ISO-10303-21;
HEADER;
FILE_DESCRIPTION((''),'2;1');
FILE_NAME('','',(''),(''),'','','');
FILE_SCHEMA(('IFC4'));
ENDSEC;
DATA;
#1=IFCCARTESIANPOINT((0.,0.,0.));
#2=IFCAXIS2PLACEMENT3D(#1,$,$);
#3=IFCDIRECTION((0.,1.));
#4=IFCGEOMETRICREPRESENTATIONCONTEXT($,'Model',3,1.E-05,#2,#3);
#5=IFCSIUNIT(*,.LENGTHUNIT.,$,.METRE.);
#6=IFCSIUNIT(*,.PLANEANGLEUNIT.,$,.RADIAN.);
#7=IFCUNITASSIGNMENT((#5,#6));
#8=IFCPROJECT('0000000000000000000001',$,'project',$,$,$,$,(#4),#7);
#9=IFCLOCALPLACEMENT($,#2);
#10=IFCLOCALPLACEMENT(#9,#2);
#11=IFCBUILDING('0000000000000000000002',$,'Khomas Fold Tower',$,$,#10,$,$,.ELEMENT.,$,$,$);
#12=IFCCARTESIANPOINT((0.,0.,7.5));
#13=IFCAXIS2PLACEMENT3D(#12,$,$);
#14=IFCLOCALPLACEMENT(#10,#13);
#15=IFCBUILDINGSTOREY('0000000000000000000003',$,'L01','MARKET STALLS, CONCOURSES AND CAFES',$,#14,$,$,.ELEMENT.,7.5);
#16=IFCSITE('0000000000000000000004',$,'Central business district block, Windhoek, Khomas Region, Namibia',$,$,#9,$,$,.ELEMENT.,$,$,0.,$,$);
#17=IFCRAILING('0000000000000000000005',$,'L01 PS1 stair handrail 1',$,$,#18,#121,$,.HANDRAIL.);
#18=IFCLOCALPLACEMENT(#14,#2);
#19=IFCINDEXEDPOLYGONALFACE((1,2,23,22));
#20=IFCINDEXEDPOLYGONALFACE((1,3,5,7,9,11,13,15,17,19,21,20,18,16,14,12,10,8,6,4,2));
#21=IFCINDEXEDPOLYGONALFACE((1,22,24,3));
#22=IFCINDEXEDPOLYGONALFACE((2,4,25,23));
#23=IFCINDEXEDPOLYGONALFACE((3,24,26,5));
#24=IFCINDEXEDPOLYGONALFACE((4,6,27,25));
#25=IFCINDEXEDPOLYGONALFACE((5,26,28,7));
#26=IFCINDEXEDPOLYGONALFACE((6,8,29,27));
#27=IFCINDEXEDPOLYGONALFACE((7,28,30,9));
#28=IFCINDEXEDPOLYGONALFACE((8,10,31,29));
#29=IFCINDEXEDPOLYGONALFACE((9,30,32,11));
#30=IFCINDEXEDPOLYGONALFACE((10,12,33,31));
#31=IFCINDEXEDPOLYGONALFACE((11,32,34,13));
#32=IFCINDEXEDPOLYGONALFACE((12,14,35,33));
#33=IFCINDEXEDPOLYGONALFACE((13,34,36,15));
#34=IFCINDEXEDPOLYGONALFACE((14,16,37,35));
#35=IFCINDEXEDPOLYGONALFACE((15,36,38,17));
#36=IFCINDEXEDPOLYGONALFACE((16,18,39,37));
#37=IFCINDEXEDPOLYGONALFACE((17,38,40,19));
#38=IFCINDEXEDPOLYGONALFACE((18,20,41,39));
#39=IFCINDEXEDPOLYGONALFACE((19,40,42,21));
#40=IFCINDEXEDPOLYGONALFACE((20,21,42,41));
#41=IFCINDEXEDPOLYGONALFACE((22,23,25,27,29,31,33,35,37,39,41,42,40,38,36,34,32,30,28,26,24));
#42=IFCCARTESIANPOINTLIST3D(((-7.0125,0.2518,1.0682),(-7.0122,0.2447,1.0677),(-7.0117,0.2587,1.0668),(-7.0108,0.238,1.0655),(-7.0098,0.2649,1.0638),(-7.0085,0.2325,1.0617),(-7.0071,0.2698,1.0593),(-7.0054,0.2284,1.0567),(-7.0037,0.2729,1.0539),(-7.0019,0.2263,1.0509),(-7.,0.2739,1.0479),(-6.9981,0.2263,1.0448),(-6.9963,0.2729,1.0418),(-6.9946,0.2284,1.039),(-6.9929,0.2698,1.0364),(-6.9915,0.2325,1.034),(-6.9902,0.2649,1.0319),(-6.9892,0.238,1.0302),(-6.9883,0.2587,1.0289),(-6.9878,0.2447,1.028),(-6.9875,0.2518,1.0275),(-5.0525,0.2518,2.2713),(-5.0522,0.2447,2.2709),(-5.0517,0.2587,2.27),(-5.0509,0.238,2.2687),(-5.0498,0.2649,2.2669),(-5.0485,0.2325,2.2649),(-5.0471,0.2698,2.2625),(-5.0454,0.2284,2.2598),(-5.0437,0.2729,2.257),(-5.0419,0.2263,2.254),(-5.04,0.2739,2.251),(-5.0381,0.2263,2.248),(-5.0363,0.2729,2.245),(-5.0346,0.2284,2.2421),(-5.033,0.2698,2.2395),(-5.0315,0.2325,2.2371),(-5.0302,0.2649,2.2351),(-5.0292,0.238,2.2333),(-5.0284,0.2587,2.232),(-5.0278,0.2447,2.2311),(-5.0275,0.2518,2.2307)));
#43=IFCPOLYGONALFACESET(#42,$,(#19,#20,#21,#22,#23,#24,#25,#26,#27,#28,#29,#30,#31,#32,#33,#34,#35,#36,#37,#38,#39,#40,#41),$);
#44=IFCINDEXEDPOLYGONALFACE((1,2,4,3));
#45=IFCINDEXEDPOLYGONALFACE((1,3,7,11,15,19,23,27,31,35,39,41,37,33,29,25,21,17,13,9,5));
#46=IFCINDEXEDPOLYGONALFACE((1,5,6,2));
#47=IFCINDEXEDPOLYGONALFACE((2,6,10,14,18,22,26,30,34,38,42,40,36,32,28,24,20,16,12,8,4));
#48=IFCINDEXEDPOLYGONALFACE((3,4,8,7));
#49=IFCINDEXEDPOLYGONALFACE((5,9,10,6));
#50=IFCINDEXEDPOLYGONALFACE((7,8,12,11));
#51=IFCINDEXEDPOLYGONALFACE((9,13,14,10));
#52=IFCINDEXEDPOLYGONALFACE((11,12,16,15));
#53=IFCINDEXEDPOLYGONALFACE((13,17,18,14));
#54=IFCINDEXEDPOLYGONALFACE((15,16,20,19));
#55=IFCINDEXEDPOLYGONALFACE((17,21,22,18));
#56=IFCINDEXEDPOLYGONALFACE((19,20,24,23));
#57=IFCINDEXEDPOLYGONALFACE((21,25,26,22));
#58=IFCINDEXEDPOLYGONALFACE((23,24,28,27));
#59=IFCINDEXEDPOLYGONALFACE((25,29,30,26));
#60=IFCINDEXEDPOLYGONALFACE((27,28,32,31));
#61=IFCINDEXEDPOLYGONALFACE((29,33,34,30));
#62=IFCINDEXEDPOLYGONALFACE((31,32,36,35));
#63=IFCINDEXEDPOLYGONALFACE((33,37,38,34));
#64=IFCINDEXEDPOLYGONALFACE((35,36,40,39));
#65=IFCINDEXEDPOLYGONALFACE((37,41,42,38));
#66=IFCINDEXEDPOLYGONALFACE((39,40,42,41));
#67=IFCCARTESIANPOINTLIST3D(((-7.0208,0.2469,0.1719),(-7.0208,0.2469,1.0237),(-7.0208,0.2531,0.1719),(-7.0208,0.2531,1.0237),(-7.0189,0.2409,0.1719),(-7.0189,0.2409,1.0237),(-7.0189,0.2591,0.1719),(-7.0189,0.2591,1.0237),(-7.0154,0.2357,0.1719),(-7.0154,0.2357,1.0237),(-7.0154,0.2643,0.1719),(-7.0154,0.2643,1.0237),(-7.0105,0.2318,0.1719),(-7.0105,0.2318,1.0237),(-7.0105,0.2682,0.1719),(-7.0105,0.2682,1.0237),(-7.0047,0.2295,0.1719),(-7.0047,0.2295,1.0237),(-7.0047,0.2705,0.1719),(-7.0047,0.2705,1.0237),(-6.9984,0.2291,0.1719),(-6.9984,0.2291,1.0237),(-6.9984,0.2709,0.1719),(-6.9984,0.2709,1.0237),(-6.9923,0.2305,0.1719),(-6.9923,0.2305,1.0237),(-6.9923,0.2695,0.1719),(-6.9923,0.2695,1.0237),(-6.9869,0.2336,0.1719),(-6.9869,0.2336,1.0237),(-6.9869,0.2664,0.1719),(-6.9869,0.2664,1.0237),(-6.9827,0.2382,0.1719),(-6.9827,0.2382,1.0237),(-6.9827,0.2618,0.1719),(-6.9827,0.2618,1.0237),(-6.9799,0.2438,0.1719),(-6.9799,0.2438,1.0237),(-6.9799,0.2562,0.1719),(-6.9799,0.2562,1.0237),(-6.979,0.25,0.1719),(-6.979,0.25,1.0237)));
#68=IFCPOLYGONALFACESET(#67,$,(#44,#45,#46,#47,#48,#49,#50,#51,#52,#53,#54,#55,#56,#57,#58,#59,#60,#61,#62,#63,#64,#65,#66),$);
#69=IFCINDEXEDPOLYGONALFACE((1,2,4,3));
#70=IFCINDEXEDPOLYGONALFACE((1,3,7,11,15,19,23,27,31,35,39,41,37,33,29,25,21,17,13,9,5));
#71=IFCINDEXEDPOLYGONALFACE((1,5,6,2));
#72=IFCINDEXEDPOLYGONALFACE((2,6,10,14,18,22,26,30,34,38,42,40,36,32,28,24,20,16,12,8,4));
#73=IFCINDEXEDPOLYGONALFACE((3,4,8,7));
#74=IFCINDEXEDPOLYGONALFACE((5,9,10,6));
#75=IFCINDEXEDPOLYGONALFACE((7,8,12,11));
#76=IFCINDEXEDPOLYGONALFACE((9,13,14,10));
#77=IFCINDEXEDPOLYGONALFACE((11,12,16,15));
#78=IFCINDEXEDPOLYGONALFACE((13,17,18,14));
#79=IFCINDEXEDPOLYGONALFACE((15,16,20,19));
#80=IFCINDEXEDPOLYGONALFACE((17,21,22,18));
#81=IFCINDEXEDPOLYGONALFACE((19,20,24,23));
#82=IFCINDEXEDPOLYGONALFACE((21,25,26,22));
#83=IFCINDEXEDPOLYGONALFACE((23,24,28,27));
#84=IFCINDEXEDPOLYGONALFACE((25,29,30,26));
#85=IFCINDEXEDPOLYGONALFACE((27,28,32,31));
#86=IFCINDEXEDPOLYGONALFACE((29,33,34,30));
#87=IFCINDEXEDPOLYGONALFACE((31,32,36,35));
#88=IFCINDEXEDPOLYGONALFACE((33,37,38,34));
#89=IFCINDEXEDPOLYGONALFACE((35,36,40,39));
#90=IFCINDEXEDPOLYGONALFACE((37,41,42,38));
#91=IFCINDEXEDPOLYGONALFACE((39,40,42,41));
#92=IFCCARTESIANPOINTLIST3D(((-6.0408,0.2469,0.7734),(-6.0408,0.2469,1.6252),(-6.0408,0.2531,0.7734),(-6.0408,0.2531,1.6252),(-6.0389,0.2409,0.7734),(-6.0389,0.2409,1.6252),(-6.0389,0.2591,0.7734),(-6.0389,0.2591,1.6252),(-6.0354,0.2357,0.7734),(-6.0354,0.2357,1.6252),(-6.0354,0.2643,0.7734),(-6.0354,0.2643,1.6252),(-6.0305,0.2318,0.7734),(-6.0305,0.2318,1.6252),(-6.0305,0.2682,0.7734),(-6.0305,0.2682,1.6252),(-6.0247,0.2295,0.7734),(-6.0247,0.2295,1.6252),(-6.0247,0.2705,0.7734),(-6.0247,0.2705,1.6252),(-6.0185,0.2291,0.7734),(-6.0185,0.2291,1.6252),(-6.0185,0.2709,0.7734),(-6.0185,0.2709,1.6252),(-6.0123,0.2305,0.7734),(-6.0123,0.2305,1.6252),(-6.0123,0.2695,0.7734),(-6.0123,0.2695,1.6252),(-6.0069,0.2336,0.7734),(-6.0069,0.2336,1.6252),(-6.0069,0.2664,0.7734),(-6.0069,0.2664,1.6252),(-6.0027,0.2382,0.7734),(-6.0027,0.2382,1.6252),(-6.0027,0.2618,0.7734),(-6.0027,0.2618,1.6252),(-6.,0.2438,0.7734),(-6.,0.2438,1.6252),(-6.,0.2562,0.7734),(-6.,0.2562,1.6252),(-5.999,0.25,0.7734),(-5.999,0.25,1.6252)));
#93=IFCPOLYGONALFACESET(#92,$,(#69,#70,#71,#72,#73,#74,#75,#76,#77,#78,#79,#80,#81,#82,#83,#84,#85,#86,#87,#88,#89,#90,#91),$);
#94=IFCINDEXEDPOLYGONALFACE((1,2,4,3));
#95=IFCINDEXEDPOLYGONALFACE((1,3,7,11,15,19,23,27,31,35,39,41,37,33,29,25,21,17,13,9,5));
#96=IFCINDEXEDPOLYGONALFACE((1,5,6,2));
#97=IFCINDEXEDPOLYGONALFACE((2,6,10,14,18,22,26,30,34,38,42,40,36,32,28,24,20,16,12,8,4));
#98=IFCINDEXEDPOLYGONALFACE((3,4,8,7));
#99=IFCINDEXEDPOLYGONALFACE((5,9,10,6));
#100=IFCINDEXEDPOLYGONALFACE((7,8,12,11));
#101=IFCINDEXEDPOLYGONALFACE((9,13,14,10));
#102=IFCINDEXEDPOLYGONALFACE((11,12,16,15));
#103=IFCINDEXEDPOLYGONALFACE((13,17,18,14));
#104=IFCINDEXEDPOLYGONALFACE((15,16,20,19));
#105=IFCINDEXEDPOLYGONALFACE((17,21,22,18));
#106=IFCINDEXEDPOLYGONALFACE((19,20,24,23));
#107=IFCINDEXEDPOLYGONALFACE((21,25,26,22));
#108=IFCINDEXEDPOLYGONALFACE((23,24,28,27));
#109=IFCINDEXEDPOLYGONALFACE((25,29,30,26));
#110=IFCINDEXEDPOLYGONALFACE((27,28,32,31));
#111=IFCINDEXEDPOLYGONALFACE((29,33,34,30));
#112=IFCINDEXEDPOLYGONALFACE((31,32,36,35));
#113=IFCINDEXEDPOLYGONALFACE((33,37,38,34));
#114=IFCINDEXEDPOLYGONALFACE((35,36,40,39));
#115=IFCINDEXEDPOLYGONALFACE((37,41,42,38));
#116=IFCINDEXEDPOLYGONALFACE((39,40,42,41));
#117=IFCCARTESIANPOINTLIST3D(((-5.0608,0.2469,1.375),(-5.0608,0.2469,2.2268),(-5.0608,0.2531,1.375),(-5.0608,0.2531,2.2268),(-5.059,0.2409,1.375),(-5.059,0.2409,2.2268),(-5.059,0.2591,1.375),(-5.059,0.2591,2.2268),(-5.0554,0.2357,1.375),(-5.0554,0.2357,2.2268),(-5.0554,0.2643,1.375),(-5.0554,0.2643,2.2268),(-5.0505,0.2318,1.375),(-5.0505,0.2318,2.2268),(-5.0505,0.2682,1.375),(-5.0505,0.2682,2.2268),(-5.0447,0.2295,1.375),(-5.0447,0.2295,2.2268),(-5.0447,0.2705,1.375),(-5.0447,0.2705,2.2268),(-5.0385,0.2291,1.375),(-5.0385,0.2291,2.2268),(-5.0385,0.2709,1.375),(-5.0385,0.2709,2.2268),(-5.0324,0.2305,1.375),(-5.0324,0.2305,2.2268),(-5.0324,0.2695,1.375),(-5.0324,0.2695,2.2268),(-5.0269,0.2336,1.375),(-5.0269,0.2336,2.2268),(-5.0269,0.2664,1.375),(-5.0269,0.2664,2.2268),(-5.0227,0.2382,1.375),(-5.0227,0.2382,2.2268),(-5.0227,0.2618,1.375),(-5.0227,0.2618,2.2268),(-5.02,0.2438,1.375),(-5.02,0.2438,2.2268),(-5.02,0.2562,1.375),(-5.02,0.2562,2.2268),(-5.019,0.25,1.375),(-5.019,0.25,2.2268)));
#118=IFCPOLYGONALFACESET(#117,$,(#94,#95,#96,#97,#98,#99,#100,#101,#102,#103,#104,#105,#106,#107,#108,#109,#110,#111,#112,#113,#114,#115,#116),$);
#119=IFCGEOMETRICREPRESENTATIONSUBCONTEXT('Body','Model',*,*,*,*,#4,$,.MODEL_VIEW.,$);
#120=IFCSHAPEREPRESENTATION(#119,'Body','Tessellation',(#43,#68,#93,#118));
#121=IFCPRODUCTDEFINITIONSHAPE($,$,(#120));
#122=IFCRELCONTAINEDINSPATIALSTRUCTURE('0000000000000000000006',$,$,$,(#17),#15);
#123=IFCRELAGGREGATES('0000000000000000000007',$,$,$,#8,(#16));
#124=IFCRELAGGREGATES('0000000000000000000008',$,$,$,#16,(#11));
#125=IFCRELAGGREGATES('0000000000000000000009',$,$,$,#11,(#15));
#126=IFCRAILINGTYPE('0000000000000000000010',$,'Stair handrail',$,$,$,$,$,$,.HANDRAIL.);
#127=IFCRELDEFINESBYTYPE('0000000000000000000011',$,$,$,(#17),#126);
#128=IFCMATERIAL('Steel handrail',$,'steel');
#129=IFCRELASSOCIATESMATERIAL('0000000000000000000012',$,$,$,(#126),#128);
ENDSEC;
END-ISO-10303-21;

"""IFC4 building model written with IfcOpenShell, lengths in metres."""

from ifc_helpers import new_model, si_unit, direction, frame, origin, origin_2d, place, context, subcontext, project, spatial, circle, extrude, source, transform, mapped, material, type_object, element, save


model = new_model("IFC4")

# Units and contexts
model_context = context("Model", 3, precision=1e-05, world=origin(), true_north=direction((0.0, 1.0)))
body_context = subcontext(model_context, "Body", "Model", "MODEL_VIEW")
ifc_project = project(units=[si_unit("LENGTHUNIT", "METRE"), si_unit("PLANEANGLEUNIT", "RADIAN")], contexts=[model_context])

# Site, building, storey
site_placement = place(None, origin())
site = spatial("IfcSite", under=ifc_project, at=site_placement, Name="Central business district block, Windhoek, Khomas Region, Namibia", CompositionType="ELEMENT", RefElevation=0.0)
building_placement = place(site_placement, origin())
building = spatial("IfcBuilding", under=site, at=building_placement, Name="Khomas Fold Tower", CompositionType="ELEMENT")
storey_placement = place(building_placement, frame((0.0, 0.0, 7.5)))
storey = spatial("IfcBuildingStorey", under=building, at=storey_placement, Name="L01", Description="MARKET STALLS, CONCOURSES AND CAFES", CompositionType="ELEMENT", Elevation=7.5)

# Railing
ifc_material_1 = material(Name="Steel handrail", Category="steel")
railing_type_1 = type_object("IfcRailingType", Name="Stair handrail", PredefinedType="HANDRAIL", material=ifc_material_1)
shared_shape_1 = source(origin(), body_context, "Body", "SweptSolid", [
    extrude(circle(Radius=0.0239, at=origin_2d()), frame((0.0, 0.0, 0.876), z_axis=(0.852241, 0.0, 0.523149), x_axis=(0.0, 1.0, 0.0)), (0.0, 0.0, 1.0), 2.2998),
    extrude(circle(Radius=0.021, at=origin_2d()), origin(), (0.0, 0.0, 1.0), 0.8518),
    extrude(circle(Radius=0.021, at=origin_2d()), frame((0.98, 0.0, 0.6016)), (0.0, 0.0, 1.0), 0.8518),
    extrude(circle(Radius=0.021, at=origin_2d()), frame((1.96, 0.0, 1.2031)), (0.0, 0.0, 1.0), 0.8518),
])
for number, where, name in (
    (1, (-7.0, 0.25, 0.1719), "L01 PS1 stair handrail 1"),
):
    element("IfcRailing", number, at=place(storey_placement, frame(where)), inside=storey, type_object=railing_type_1, Name=name, PredefinedType="HANDRAIL", context=body_context, shape_type="MappedRepresentation", body=[
        mapped(shared_shape_1, transform((0.0, 0.0, 0.0))),
    ])

save(model, "model.ifc")
